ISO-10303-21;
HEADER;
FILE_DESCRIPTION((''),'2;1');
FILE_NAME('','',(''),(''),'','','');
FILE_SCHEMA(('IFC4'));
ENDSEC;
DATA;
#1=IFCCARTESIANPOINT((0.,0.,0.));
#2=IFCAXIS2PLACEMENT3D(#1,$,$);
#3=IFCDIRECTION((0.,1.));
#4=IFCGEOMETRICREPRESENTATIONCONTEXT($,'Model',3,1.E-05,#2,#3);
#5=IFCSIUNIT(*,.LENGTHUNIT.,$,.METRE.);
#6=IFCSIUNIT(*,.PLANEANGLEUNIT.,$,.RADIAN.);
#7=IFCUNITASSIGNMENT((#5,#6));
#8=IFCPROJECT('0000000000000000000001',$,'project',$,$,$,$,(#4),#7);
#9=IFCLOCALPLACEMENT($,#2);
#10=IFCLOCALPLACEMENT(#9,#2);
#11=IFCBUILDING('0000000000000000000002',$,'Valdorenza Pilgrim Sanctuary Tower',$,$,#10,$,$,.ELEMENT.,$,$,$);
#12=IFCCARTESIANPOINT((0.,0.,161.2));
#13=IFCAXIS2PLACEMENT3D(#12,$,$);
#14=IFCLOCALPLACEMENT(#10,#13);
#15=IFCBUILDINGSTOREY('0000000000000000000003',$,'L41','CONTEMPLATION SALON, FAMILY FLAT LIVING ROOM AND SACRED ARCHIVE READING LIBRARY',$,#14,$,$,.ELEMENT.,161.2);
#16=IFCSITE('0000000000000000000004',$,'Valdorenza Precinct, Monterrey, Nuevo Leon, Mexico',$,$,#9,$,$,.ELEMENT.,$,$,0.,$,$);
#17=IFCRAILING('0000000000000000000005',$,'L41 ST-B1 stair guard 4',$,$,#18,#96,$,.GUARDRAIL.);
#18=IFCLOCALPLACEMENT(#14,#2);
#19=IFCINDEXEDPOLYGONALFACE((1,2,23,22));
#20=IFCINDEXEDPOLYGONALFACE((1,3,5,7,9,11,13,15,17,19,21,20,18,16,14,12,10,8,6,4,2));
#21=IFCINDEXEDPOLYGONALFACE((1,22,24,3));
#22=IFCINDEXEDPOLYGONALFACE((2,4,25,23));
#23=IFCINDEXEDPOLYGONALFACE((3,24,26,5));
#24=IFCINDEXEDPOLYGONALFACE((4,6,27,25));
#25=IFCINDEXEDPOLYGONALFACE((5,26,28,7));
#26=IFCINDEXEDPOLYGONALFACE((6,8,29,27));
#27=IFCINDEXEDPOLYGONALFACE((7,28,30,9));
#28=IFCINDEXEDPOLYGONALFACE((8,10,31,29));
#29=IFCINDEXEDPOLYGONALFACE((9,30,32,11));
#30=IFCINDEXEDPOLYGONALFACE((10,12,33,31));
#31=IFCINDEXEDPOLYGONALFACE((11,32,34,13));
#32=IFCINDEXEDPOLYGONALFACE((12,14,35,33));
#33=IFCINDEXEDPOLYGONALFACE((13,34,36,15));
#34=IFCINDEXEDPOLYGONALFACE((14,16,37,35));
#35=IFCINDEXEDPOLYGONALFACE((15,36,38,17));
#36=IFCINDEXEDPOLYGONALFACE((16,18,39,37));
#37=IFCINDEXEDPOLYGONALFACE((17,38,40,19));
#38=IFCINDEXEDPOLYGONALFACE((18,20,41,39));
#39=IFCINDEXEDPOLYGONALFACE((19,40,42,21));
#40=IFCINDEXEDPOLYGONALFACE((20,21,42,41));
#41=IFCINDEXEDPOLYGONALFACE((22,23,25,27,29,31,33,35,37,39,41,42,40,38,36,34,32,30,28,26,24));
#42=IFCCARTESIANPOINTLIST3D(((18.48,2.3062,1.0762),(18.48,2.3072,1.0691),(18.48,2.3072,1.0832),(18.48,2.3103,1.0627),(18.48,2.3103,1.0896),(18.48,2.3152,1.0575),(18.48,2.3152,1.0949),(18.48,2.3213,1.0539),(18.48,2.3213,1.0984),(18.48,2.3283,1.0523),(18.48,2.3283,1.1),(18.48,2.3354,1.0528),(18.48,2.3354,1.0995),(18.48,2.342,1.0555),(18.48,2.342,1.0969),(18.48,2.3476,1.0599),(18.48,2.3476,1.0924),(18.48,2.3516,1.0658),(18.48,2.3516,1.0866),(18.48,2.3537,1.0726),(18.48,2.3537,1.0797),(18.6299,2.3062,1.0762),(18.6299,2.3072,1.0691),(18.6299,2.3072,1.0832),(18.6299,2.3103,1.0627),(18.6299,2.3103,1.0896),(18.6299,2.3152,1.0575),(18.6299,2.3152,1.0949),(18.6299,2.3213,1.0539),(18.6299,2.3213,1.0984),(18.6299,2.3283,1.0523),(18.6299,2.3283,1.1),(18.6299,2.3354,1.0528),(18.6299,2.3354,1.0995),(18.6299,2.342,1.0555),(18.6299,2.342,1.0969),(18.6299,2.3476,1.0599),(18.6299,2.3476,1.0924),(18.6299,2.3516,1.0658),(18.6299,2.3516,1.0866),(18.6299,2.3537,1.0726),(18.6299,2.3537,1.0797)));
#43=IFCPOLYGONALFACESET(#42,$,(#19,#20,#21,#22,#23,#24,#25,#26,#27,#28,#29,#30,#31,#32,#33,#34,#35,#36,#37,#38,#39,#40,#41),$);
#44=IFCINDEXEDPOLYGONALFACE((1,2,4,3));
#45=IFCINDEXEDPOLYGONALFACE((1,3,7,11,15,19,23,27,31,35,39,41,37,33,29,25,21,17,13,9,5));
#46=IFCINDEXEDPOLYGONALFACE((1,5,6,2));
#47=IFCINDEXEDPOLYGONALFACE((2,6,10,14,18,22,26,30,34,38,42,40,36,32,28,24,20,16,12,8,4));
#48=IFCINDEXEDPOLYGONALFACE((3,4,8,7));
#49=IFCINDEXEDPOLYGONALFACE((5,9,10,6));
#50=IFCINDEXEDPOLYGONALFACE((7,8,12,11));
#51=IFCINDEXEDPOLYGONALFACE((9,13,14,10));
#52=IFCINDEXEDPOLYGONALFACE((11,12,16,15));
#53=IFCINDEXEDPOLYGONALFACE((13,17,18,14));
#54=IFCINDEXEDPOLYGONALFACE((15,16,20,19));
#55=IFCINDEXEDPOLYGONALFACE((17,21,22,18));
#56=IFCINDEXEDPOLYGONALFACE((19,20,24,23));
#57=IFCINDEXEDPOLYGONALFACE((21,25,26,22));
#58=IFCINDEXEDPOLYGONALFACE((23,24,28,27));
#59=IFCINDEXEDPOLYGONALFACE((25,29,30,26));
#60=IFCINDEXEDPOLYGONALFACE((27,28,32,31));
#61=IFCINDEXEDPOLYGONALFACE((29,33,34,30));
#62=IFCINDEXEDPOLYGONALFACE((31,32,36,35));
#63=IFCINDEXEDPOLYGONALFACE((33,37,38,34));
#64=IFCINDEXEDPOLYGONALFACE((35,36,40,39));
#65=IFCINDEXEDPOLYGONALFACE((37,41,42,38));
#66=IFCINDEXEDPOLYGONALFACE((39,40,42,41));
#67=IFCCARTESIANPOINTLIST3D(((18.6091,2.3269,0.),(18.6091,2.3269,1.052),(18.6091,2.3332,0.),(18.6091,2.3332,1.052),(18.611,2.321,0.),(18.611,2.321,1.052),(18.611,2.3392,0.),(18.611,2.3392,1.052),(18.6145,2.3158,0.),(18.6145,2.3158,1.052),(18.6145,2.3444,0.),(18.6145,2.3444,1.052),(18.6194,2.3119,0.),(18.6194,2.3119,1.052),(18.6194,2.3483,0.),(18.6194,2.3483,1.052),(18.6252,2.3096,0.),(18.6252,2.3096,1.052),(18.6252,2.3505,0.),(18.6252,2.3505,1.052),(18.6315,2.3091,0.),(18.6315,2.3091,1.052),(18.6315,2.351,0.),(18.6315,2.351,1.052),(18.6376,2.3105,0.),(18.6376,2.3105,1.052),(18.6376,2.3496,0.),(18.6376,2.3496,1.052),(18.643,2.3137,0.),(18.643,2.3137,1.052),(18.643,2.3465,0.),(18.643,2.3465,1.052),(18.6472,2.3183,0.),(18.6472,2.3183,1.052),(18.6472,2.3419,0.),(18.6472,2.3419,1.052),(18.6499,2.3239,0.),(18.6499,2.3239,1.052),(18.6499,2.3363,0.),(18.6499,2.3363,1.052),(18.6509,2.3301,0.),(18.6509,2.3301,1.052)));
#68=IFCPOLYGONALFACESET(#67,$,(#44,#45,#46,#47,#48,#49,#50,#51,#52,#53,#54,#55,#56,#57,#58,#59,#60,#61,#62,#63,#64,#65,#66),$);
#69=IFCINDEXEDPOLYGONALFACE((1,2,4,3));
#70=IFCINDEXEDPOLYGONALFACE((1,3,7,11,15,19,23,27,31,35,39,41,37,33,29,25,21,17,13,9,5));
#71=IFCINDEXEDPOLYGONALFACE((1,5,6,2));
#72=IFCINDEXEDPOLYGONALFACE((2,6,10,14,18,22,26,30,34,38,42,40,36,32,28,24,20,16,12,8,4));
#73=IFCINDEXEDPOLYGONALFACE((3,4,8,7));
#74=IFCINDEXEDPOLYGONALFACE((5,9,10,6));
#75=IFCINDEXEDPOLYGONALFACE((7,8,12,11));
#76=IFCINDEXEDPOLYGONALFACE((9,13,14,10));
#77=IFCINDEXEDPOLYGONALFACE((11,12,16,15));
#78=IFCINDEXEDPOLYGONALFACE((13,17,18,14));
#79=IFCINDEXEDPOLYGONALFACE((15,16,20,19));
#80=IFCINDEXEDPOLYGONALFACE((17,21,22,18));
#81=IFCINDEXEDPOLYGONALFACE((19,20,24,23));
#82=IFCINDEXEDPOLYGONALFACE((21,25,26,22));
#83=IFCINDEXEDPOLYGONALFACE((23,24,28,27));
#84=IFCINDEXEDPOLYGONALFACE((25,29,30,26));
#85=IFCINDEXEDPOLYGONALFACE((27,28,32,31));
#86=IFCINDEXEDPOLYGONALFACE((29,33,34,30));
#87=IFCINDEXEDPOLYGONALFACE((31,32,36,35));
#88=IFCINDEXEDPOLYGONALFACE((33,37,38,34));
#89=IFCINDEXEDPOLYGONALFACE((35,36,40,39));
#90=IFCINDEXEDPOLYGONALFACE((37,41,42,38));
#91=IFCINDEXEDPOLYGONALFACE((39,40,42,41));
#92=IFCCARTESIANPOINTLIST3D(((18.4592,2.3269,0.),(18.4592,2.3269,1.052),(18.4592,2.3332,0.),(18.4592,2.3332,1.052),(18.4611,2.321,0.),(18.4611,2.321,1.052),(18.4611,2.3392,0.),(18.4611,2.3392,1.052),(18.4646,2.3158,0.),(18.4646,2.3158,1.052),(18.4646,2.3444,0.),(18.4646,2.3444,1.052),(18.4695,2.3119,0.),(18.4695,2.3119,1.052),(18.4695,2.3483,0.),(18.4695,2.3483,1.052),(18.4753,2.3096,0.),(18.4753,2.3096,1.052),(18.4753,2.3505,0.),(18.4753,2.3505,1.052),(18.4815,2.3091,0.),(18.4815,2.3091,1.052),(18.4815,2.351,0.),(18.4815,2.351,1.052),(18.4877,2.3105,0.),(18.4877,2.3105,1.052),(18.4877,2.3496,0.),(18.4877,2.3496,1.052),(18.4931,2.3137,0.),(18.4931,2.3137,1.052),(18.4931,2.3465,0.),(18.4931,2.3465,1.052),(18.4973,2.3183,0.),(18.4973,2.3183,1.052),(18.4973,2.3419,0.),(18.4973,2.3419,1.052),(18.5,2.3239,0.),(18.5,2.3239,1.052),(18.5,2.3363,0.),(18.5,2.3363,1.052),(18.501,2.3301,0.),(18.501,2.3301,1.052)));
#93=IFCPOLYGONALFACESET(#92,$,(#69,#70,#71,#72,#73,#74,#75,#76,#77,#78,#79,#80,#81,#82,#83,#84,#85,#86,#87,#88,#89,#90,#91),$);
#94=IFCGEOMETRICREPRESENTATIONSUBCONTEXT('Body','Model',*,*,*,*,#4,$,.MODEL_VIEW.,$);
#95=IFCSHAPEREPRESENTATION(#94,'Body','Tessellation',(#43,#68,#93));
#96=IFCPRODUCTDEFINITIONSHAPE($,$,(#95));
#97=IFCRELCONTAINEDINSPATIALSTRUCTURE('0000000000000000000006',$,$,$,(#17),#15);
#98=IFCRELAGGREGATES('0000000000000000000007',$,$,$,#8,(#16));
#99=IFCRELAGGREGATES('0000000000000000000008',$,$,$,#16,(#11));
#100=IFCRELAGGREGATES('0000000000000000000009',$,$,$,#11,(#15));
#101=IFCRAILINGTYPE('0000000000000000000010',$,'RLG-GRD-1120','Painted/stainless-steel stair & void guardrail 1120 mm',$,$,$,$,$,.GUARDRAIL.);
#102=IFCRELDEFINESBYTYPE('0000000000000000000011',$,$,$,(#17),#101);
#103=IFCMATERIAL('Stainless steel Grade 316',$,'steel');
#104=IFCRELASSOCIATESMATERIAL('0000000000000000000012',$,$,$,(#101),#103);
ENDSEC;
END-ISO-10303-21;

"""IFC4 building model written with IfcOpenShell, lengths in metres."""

from ifc_helpers import new_model, si_unit, direction, frame, origin, origin_2d, place, context, subcontext, project, spatial, circle, extrude, material, type_object, element, save


model = new_model("IFC4")

# Units and contexts
model_context = context("Model", 3, precision=1e-05, world=origin(), true_north=direction((0.0, 1.0)))
body_context = subcontext(model_context, "Body", "Model", "MODEL_VIEW")
ifc_project = project(units=[si_unit("LENGTHUNIT", "METRE"), si_unit("PLANEANGLEUNIT", "RADIAN")], contexts=[model_context])

# Site, building, storey
site_placement = place(None, origin())
site = spatial("IfcSite", under=ifc_project, at=site_placement, Name="Valdorenza Precinct, Monterrey, Nuevo Leon, Mexico", CompositionType="ELEMENT", RefElevation=0.0)
building_placement = place(site_placement, origin())
building = spatial("IfcBuilding", under=site, at=building_placement, Name="Valdorenza Pilgrim Sanctuary Tower", CompositionType="ELEMENT")
storey_placement = place(building_placement, frame((0.0, 0.0, 161.2)))
storey = spatial("IfcBuildingStorey", under=building, at=storey_placement, Name="L41", Description="CONTEMPLATION SALON, FAMILY FLAT LIVING ROOM AND SACRED ARCHIVE READING LIBRARY", CompositionType="ELEMENT", Elevation=161.2)

# Railing
ifc_material_1 = material(Name="Stainless steel Grade 316", Category="steel")
railing_type_1 = type_object("IfcRailingType", Name="RLG-GRD-1120", Description="Painted/stainless-steel stair & void guardrail 1120 mm", PredefinedType="GUARDRAIL", material=ifc_material_1)
railing_1_placement = place(storey_placement, frame((18.6299, 2.3301, 0.0)))
element("IfcRailing", 1, at=railing_1_placement, inside=storey, type_object=railing_type_1, Name="L41 ST-B1 stair guard 4", PredefinedType="GUARDRAIL", context=body_context, shape_type="SweptSolid", body=[
    extrude(circle(Radius=0.0239, at=origin_2d()), frame((0.0, 0.0, 1.0762), z_axis=(-1.0, 0.0, 0.0), x_axis=(0.0, -1.0, 0.0)), (0.0, 0.0, 1.0), 0.1499),
    extrude(circle(Radius=0.021, at=origin_2d()), origin(), (0.0, 0.0, 1.0), 1.052),
    extrude(circle(Radius=0.021, at=origin_2d()), frame((-0.1499, 0.0, 0.0)), (0.0, 0.0, 1.0), 1.052),
])

save(model, "model.ifc")
